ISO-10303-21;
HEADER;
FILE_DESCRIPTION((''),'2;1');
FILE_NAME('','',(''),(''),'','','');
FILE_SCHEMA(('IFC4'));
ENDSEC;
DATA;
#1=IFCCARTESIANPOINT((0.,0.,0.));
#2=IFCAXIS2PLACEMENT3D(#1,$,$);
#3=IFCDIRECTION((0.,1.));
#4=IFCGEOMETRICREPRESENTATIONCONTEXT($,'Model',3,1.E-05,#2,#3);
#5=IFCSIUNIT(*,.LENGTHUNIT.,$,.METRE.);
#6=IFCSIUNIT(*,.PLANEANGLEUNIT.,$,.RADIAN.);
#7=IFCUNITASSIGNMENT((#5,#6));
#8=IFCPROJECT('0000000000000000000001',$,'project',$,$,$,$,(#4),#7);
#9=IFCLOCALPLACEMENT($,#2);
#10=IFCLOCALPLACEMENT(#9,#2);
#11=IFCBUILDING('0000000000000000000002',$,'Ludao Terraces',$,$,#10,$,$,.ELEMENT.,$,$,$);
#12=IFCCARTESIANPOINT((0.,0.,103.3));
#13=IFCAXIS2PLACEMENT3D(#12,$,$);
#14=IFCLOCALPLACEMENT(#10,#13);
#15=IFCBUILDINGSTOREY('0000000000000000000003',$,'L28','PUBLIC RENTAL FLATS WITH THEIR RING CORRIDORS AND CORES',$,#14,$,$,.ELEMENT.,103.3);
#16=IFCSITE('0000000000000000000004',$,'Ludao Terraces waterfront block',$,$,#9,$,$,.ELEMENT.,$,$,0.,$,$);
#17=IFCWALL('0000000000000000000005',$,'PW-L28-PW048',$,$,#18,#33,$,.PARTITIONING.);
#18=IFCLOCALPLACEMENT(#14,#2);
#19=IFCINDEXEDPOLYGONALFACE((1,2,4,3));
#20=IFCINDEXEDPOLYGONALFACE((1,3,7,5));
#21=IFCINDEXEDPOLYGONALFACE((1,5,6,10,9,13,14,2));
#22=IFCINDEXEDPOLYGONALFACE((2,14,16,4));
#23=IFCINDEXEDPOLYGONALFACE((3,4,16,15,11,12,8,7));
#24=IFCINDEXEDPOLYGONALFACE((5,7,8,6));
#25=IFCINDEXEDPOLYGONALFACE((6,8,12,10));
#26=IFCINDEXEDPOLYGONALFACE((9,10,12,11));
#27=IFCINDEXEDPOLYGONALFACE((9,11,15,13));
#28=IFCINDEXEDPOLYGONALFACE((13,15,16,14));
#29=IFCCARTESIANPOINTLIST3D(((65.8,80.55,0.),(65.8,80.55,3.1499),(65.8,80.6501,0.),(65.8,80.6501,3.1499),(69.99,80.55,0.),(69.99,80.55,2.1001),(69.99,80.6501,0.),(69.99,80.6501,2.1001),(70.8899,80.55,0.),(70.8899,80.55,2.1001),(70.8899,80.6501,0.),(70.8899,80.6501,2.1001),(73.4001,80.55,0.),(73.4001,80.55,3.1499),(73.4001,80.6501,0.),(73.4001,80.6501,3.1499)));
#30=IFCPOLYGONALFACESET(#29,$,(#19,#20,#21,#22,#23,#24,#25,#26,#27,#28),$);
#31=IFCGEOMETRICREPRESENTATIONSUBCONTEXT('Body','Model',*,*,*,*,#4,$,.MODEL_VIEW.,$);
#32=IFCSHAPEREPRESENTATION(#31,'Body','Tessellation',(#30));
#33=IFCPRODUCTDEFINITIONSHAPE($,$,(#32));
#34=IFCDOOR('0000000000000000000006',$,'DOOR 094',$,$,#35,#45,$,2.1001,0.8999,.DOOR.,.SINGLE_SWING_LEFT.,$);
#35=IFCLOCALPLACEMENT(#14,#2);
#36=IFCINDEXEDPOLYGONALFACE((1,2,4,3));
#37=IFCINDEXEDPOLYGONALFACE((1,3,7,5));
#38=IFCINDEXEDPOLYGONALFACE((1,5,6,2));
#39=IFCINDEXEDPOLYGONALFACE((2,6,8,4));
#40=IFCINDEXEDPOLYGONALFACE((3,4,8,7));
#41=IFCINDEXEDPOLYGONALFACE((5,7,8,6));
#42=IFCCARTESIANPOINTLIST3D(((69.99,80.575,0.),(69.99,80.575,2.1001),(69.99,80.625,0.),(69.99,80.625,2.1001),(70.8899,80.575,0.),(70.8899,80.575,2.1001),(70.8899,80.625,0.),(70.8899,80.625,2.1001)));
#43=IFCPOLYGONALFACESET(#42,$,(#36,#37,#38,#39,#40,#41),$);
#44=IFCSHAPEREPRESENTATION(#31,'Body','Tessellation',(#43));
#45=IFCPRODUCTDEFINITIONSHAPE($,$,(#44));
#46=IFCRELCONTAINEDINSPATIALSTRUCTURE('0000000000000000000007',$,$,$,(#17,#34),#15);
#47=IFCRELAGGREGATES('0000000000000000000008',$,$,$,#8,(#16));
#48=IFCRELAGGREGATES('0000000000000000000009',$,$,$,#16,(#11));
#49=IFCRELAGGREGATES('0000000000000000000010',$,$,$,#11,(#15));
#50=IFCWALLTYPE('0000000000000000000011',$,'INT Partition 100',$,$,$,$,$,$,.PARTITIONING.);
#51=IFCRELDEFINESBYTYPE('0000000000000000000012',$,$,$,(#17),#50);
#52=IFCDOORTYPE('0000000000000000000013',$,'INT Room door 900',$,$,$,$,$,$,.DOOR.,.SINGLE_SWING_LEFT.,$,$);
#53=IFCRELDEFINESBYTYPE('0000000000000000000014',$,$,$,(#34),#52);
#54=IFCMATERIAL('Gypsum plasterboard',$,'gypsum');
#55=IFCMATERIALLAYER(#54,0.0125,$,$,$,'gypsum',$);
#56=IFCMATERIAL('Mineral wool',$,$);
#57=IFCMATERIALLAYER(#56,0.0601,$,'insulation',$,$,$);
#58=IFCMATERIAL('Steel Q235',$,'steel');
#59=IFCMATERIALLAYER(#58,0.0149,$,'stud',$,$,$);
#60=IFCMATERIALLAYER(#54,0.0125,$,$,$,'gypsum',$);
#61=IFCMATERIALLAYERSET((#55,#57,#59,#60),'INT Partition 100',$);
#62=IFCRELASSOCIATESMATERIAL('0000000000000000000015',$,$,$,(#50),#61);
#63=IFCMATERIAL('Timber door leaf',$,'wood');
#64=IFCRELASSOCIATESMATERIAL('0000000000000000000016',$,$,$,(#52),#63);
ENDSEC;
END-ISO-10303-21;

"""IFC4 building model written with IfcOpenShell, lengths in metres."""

from ifc_helpers import new_model, si_unit, direction, frame, frame_2d, origin, place, context, subcontext, project, spatial, rectangle, extrude, material, layer, layer_set, type_object, element, fill, save


model = new_model("IFC4")

# Units and contexts
model_context = context("Model", 3, precision=1e-05, world=origin(), true_north=direction((0.0, 1.0)))
body_context = subcontext(model_context, "Body", "Model", "MODEL_VIEW")
ifc_project = project(units=[si_unit("LENGTHUNIT", "METRE"), si_unit("PLANEANGLEUNIT", "RADIAN")], contexts=[model_context])

# Site, building, storey
site_placement = place(None, origin())
site = spatial("IfcSite", under=ifc_project, at=site_placement, Name="Ludao Terraces waterfront block", CompositionType="ELEMENT", RefElevation=0.0)
building_placement = place(site_placement, origin())
building = spatial("IfcBuilding", under=site, at=building_placement, Name="Ludao Terraces", CompositionType="ELEMENT")
storey_placement = place(building_placement, frame((0.0, 0.0, 103.3)))
storey = spatial("IfcBuildingStorey", under=building, at=storey_placement, Name="L28", Description="PUBLIC RENTAL FLATS WITH THEIR RING CORRIDORS AND CORES", CompositionType="ELEMENT", Elevation=103.3)

# Shared definitions
ifc_material_1 = material(Name="Mineral wool")

# Shared definitions
ifc_material_2 = material(Name="Gypsum plasterboard", Category="gypsum")
ifc_layer_1 = layer(ifc_material_2, 0.0125, Category="gypsum")
ifc_layer_2 = layer(ifc_material_1, 0.0601, Name="insulation")
ifc_material_3 = material(Name="Steel Q235", Category="steel")
ifc_layer_3 = layer(ifc_material_3, 0.0149, Name="stud")
ifc_layer_4 = layer(ifc_material_2, 0.0125, Category="gypsum")
ifc_layer_set_1 = layer_set([ifc_layer_1, ifc_layer_2, ifc_layer_3, ifc_layer_4], Name="INT Partition 100")
wall_type_1 = type_object("IfcWallType", Name="INT Partition 100", PredefinedType="PARTITIONING", material=ifc_layer_set_1)

# Wall, opening, door
wall_1_placement = place(storey_placement, frame((65.8, 80.6001, 0.0), z_axis=(0.0, 0.0, 1.0), x_axis=(1.0, 0.0, 0.0)))
wall_1 = element("IfcWall", 1, at=wall_1_placement, inside=storey, type_object=wall_type_1, Name="PW-L28-PW048", PredefinedType="PARTITIONING", context=body_context, shape_type="SweptSolid", body=[
    extrude(rectangle(XDim=7.6001, YDim=0.1001, at=frame_2d((3.8, 0.0))), origin(), (0.0, 0.0, 1.0), 3.1499),
])
opening_1_placement = place(wall_1_placement, frame((4.1899, 0.0, 0.0)))
opening_1 = element("IfcOpeningElement", 2, at=opening_1_placement, cuts=wall_1, PredefinedType="OPENING", context=body_context, shape_type="SweptSolid", body=[
    extrude(rectangle(XDim=0.8999, YDim=2.1001, at=frame_2d((0.45, 1.05))), frame((0.0, 0.0601, 0.0), z_axis=(0.0, -1.0, 0.0), x_axis=(1.0, 0.0, 0.0)), (0.0, 0.0, 1.0), 0.1201),
])
ifc_material_4 = material(Name="Timber door leaf", Category="wood")
door_type = type_object("IfcDoorType", Name="INT Room door 900", OperationType="SINGLE_SWING_LEFT", PredefinedType="DOOR", material=ifc_material_4)
door_placement = place(opening_1_placement, origin())
door = element("IfcDoor", 3, at=door_placement, inside=storey, type_object=door_type, Name="DOOR 094", OperationType="SINGLE_SWING_LEFT", OverallHeight=2.1001, OverallWidth=0.8999, PredefinedType="DOOR", context=body_context, shape_type="SweptSolid", body=[
    extrude(rectangle(XDim=0.8999, YDim=2.1001, at=frame_2d((0.45, 1.05))), frame((0.0, 0.0249, 0.0), z_axis=(0.0, -1.0, 0.0), x_axis=(1.0, 0.0, 0.0)), (0.0, 0.0, 1.0), 0.05),
])
fill(opening_1, door)

save(model, "model.ifc")
